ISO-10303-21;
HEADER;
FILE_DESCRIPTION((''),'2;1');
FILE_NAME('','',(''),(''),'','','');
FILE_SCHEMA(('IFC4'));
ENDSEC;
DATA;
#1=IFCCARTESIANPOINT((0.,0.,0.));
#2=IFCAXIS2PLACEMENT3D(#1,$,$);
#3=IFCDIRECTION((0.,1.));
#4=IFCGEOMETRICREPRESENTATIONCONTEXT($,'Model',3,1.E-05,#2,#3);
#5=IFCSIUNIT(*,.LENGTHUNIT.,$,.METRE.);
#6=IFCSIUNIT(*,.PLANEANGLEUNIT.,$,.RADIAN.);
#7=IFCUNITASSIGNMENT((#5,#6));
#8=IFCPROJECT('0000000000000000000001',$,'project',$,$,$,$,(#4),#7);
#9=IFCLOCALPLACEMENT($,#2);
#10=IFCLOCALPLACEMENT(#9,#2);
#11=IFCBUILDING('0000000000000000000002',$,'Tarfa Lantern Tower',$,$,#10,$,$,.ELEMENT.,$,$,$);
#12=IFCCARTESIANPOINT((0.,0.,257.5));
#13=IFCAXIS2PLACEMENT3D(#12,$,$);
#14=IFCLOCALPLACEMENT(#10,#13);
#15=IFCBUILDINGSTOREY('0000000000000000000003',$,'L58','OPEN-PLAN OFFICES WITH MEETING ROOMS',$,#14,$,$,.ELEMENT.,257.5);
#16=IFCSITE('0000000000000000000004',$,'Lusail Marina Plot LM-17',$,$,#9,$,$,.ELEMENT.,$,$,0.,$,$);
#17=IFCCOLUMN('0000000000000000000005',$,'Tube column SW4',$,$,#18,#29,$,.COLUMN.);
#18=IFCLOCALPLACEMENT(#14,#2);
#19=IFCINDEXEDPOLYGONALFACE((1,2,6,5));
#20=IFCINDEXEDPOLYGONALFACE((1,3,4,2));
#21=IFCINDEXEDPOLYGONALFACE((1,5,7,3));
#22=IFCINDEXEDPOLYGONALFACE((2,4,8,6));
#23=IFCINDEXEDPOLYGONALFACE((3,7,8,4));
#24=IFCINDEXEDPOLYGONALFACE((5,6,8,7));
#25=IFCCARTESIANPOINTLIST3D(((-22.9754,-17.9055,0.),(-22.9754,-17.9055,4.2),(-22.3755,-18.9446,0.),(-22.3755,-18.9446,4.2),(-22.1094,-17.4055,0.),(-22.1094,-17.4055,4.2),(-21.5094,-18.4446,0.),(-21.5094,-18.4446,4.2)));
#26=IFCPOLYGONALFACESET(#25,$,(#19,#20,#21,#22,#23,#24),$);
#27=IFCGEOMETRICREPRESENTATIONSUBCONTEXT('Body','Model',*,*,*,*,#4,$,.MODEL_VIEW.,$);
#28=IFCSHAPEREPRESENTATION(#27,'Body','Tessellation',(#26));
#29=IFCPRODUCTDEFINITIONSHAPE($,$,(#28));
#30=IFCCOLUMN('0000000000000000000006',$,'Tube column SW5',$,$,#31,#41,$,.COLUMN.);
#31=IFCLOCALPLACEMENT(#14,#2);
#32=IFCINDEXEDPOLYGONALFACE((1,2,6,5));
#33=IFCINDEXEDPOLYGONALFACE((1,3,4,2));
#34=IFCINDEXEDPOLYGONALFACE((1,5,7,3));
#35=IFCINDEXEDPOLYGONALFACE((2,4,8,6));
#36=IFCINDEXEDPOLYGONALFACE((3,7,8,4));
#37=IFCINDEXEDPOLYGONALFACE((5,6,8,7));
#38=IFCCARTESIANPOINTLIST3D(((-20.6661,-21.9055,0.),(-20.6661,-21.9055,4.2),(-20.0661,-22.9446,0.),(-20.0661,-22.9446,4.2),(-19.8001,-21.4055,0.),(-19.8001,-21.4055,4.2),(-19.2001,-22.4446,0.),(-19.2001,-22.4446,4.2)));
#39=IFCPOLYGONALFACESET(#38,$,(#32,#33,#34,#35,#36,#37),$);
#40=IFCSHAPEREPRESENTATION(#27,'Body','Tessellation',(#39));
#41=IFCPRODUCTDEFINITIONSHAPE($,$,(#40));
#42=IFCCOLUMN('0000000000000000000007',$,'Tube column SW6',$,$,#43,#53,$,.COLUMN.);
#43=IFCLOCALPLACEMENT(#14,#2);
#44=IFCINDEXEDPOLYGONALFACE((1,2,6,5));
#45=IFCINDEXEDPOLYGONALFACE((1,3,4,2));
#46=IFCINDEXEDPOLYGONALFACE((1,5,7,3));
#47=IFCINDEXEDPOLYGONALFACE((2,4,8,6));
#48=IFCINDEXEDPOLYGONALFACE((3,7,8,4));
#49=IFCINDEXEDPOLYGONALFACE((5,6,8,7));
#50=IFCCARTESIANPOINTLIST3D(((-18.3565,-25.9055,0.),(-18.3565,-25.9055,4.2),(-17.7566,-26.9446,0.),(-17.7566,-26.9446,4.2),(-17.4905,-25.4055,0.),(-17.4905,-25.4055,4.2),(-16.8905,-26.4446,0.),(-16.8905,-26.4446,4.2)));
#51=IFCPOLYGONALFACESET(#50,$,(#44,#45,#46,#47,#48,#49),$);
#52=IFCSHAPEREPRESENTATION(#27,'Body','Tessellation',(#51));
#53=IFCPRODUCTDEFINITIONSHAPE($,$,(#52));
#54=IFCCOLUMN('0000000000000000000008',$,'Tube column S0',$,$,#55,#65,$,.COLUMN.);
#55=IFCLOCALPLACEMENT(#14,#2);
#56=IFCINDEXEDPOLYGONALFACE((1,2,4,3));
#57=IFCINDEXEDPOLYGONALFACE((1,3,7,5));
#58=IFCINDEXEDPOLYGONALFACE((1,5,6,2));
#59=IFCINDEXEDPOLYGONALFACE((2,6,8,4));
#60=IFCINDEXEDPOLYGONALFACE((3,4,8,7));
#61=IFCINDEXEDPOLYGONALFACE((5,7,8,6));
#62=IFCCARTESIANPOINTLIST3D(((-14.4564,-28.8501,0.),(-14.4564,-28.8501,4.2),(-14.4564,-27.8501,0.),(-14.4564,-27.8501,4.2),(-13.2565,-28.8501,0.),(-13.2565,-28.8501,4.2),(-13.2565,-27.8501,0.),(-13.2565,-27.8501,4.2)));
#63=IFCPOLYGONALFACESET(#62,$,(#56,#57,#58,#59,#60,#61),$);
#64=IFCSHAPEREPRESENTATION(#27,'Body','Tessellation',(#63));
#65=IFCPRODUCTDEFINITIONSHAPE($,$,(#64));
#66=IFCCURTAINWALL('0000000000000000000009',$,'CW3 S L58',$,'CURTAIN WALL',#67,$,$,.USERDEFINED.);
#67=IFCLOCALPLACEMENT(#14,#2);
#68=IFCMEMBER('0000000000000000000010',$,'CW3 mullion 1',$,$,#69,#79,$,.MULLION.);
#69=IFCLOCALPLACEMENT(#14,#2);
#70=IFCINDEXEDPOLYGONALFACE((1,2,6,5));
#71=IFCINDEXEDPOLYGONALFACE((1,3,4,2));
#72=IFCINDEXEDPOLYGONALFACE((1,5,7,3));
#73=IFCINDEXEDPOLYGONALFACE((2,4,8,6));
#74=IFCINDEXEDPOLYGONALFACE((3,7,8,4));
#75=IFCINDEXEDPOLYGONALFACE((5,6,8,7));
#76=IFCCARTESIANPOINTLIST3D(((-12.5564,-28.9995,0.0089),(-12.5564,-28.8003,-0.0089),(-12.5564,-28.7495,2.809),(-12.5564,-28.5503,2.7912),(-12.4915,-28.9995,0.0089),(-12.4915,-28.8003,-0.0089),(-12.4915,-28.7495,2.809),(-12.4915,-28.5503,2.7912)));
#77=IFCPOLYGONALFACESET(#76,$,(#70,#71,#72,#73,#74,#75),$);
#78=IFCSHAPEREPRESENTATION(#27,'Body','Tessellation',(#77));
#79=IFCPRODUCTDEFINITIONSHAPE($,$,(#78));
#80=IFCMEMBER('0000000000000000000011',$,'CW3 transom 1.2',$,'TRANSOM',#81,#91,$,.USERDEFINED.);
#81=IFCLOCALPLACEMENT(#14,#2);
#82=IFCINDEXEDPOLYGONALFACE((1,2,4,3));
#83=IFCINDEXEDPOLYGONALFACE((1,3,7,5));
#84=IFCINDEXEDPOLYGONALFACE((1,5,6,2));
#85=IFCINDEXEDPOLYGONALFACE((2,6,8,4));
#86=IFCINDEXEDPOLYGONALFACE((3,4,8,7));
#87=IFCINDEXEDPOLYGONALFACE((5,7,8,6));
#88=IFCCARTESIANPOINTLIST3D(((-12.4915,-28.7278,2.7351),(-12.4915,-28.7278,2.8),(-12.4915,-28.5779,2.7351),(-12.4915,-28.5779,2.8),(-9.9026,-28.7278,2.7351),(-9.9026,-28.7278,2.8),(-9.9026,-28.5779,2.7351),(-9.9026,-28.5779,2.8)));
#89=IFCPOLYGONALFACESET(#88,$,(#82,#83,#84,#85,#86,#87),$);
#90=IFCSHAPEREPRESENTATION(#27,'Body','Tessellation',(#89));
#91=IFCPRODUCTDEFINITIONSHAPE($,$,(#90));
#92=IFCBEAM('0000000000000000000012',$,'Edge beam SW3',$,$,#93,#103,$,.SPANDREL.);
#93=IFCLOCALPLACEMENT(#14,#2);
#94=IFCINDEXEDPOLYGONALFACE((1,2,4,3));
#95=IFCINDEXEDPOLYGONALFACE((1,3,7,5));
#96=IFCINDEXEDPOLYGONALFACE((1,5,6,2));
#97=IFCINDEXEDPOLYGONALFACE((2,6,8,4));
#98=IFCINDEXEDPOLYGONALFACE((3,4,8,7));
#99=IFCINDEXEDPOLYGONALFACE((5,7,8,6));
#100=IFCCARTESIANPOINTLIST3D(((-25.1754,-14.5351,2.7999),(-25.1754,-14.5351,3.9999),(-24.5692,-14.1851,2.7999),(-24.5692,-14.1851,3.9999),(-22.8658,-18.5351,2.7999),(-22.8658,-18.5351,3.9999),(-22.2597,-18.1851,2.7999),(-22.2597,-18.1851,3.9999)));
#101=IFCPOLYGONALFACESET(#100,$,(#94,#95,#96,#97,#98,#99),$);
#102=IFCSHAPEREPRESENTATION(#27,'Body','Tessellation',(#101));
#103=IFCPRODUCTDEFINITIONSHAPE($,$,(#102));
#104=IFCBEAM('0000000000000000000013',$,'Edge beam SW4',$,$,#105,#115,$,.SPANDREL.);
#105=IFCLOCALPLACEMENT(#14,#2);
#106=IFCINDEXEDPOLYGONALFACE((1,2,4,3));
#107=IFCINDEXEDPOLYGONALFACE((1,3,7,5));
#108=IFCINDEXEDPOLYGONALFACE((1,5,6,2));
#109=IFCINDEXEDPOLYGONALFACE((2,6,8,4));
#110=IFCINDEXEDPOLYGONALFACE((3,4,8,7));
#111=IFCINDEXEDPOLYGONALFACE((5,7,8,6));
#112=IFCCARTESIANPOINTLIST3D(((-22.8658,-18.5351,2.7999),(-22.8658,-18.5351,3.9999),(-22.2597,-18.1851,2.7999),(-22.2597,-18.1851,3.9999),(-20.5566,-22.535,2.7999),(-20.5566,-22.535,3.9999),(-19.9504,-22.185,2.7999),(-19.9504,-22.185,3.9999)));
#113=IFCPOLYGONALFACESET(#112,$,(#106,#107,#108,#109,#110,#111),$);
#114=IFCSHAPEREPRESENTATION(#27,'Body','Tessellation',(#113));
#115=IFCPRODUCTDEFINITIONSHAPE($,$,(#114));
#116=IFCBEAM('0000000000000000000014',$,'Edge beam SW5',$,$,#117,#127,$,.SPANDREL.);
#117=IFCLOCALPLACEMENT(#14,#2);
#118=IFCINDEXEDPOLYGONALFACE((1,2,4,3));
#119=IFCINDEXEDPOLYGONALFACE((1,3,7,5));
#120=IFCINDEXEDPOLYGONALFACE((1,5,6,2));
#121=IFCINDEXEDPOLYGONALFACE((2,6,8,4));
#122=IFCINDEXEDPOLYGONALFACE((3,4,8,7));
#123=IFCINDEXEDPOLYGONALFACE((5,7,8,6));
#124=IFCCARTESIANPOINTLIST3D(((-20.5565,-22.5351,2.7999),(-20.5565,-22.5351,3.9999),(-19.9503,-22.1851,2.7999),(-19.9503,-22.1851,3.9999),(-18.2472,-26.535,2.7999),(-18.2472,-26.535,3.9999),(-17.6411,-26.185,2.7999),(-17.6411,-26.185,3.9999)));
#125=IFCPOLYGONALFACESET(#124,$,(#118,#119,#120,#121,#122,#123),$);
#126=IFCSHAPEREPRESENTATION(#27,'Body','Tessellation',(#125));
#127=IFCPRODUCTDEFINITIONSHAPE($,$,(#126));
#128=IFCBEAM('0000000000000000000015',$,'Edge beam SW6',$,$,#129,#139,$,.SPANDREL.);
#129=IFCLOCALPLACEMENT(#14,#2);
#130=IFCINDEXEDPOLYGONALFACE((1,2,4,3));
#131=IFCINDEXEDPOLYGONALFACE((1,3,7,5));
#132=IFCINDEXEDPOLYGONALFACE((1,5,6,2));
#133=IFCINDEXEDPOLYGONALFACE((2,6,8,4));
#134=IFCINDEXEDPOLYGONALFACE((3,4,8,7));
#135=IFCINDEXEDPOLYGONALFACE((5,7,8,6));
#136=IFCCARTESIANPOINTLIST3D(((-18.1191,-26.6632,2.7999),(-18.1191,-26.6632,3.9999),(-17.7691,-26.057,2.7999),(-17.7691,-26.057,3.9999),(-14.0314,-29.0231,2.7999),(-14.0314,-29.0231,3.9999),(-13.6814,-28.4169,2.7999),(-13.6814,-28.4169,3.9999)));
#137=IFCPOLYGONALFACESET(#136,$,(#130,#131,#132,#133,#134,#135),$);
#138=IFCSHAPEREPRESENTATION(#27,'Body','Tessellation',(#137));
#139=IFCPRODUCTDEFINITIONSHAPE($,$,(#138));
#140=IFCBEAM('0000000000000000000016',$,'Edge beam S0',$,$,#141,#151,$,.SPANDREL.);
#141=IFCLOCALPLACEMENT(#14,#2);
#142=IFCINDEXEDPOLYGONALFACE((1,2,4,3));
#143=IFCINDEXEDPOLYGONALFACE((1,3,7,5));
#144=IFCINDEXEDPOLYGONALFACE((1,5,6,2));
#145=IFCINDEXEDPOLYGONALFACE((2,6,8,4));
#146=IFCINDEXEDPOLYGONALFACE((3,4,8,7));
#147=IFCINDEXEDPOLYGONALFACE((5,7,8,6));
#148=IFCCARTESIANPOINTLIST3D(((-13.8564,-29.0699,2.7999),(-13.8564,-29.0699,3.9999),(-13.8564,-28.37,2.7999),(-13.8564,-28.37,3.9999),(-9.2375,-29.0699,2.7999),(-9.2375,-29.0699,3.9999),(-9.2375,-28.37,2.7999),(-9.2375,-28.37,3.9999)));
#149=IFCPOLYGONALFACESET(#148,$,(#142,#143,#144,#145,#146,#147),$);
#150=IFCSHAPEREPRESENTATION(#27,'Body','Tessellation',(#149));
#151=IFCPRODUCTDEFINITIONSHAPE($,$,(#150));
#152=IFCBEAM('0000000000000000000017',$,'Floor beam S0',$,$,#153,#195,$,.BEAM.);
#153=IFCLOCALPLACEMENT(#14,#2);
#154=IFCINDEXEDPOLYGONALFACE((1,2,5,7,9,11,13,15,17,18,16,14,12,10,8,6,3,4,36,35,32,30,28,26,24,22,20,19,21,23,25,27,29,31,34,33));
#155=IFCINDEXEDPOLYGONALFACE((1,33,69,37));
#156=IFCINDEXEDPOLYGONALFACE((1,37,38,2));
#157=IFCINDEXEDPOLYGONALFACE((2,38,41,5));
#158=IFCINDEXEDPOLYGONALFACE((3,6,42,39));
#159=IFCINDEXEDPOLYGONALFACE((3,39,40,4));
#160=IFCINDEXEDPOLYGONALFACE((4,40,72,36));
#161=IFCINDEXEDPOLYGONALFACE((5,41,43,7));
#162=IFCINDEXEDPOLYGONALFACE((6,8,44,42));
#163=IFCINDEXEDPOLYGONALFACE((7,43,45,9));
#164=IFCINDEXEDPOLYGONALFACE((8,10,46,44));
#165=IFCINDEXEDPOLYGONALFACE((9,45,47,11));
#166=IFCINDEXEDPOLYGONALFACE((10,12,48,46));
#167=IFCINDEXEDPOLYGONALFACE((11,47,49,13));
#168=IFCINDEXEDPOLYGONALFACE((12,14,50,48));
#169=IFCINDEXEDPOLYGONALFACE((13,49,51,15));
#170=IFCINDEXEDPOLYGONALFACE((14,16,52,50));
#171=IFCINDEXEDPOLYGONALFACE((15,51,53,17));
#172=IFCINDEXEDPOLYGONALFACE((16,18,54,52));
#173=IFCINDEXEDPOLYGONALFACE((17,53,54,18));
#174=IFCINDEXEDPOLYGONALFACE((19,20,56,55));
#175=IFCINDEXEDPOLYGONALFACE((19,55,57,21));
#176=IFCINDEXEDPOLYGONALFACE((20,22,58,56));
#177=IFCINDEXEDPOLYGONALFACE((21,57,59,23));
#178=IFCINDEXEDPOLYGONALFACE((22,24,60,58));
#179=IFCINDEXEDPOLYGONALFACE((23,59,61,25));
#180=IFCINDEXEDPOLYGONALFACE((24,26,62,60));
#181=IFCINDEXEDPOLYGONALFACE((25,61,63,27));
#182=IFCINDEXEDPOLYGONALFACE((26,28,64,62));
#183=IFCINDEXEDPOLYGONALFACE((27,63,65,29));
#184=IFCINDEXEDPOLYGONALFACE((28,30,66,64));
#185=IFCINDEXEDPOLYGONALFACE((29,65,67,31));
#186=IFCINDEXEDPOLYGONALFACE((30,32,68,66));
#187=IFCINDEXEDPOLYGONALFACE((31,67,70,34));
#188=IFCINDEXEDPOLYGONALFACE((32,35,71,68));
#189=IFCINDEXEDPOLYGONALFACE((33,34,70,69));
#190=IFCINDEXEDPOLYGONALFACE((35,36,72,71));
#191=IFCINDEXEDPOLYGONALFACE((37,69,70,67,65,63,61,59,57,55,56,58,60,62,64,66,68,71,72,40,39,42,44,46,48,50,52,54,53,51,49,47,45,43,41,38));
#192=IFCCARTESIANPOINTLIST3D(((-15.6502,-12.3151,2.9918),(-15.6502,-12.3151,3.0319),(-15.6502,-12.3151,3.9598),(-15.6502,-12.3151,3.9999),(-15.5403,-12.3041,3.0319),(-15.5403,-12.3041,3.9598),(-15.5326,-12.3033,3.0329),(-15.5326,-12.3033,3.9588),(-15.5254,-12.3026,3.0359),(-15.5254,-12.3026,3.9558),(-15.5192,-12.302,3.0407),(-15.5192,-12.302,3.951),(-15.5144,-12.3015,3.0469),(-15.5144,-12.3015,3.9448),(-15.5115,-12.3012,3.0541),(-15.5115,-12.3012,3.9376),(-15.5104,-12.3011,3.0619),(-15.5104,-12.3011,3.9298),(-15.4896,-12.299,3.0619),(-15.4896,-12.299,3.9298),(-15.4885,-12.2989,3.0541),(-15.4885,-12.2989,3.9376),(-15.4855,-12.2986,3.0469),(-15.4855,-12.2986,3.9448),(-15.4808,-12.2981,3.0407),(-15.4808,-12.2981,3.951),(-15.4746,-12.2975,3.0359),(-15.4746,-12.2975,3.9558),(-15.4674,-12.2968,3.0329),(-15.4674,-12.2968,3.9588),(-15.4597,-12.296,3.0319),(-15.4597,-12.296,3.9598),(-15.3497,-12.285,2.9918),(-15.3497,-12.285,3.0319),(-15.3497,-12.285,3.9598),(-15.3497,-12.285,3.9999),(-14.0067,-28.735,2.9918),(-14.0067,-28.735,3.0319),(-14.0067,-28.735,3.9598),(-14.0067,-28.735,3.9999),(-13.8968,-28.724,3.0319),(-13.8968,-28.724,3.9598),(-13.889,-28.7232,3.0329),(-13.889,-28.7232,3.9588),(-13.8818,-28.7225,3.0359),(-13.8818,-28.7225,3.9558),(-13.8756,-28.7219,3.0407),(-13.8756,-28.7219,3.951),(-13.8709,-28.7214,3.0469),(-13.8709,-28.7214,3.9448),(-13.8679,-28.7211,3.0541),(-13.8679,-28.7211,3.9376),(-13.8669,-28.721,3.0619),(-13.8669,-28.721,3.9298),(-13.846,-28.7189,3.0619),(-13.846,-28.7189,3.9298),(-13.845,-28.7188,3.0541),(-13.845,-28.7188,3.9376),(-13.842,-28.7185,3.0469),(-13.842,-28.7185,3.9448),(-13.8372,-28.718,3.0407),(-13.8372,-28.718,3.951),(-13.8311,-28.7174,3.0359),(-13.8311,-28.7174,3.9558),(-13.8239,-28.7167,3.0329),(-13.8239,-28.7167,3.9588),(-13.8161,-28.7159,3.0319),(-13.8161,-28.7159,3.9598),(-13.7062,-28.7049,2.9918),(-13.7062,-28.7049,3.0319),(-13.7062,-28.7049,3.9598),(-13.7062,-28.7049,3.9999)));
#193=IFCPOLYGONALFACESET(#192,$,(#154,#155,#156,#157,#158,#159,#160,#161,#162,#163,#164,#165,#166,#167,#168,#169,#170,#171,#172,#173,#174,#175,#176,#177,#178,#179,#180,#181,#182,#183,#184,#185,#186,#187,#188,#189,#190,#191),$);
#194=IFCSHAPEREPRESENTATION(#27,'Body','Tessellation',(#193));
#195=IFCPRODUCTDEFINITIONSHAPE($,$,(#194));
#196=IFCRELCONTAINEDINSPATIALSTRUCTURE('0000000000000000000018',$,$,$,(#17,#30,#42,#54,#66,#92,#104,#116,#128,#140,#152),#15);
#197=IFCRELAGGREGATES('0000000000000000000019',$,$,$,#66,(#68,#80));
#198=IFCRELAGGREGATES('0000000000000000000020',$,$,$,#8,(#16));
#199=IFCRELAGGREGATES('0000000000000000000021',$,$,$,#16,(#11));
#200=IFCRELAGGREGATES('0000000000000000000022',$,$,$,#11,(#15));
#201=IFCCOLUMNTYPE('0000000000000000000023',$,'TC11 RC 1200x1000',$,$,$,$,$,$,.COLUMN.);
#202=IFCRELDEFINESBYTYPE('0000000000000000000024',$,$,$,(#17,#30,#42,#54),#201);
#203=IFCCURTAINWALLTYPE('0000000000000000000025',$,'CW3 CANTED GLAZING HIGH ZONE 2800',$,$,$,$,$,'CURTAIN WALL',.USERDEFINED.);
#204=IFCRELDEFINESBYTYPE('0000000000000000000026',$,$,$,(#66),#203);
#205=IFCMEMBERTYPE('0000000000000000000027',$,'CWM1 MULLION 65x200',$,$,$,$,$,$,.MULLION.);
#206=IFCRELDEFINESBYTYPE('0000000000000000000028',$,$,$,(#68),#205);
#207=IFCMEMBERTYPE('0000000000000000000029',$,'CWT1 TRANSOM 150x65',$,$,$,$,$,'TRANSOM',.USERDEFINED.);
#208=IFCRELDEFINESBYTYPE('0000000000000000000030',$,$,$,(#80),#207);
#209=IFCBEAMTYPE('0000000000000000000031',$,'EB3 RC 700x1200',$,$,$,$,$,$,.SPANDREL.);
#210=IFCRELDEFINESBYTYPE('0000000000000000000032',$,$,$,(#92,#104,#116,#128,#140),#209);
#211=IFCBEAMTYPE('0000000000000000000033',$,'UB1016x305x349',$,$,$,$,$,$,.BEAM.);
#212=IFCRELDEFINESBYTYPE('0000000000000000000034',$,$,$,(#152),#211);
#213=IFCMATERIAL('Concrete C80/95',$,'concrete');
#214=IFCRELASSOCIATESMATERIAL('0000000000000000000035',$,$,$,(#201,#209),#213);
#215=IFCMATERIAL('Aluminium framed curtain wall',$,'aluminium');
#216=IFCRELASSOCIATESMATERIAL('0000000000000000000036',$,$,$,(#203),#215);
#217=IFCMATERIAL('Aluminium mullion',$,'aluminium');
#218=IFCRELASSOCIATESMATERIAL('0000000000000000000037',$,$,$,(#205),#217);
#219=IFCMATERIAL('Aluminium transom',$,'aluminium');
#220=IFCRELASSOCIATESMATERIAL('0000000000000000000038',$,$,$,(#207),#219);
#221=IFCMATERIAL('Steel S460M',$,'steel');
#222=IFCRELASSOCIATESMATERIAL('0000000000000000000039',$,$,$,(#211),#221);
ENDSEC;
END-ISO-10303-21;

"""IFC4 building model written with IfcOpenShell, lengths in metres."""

from ifc_helpers import new_model, si_unit, direction, frame, origin, origin_2d, place, context, subcontext, project, spatial, rectangle, i_section, extrude, material, material_profile, profile_set, type_object, element, aggregate, save


model = new_model("IFC4")

# Units and contexts
model_context = context("Model", 3, precision=1e-05, world=origin(), true_north=direction((0.0, 1.0)))
body_context = subcontext(model_context, "Body", "Model", "MODEL_VIEW")
ifc_project = project(units=[si_unit("LENGTHUNIT", "METRE"), si_unit("PLANEANGLEUNIT", "RADIAN")], contexts=[model_context])

# Site, building, storey
site_placement = place(None, origin())
site = spatial("IfcSite", under=ifc_project, at=site_placement, Name="Lusail Marina Plot LM-17", CompositionType="ELEMENT", RefElevation=0.0)
building_placement = place(site_placement, origin())
building = spatial("IfcBuilding", under=site, at=building_placement, Name="Tarfa Lantern Tower", CompositionType="ELEMENT")
storey_placement = place(building_placement, frame((0.0, 0.0, 257.5)))
storey = spatial("IfcBuildingStorey", under=building, at=storey_placement, Name="L58", Description="OPEN-PLAN OFFICES WITH MEETING ROOMS", CompositionType="ELEMENT", Elevation=257.5)

# Columns
ifc_material_1 = material(Name="Concrete C80/95", Category="concrete")
ifc_material_profile_1 = material_profile(ifc_material_1, rectangle(XDim=1.2, YDim=1.0, at=origin_2d()), Name="RC 1200x1000")
ifc_profile_set_1 = profile_set([ifc_material_profile_1], Name="Concrete C80/95")
column_type = type_object("IfcColumnType", Name="TC11 RC 1200x1000", PredefinedType="COLUMN", material=ifc_profile_set_1)
for number, where, z_axis, x_axis, name in (
    (1, (-22.2424, -18.175, 0.0), (0.0, 0.0, 1.0), (0.5, -0.866025, 0.0), "Tube column SW4"),
    (2, (-19.9331, -22.175, 0.0), (0.0, 0.0, 1.0), (0.5, -0.866025, 0.0), "Tube column SW5"),
    (3, (-17.6235, -26.175, 0.0), (0.0, 0.0, 1.0), (0.5, -0.866025, 0.0), "Tube column SW6"),
    (4, (-13.8564, -28.3501, 0.0), (0.0, 0.0, 1.0), (1.0, 0.0, 0.0), "Tube column S0"),
):
    element("IfcColumn", number, at=place(storey_placement, frame(where, z_axis=z_axis, x_axis=x_axis)), inside=storey, type_object=column_type, Name=name, PredefinedType="COLUMN", context=body_context, shape_type="SweptSolid", body=[
        extrude(rectangle(XDim=1.2, YDim=1.0, at=origin_2d()), origin(), (0.0, 0.0, 1.0), 4.2),
    ])

# Curtain wall, members
ifc_material_2 = material(Name="Aluminium framed curtain wall", Category="aluminium")
curtain_wall_type = type_object("IfcCurtainWallType", Name="CW3 CANTED GLAZING HIGH ZONE 2800", ElementType="CURTAIN WALL", PredefinedType="USERDEFINED", material=ifc_material_2)
curtain_wall_placement = place(storey_placement, origin())
curtain_wall = element("IfcCurtainWall", 5, at=curtain_wall_placement, inside=storey, type_object=curtain_wall_type, Name="CW3 S L58", ObjectType="CURTAIN WALL", PredefinedType="USERDEFINED")
ifc_material_3 = material(Name="Aluminium mullion", Category="aluminium")
ifc_material_profile_2 = material_profile(ifc_material_3, rectangle(XDim=0.0649, YDim=0.2, at=origin_2d()), Name="AL MULLION 65x200")
ifc_profile_set_2 = profile_set([ifc_material_profile_2], Name="Aluminium mullion")
member_type_1 = type_object("IfcMemberType", Name="CWM1 MULLION 65x200", PredefinedType="MULLION", material=ifc_profile_set_2)
member_1_placement = place(storey_placement, frame((-12.5239, -28.8999, 0.0), z_axis=(0.0, 0.08893, 0.996038), x_axis=(-1.0, 0.0, 0.0)))
member_1 = element("IfcMember", 6, at=member_1_placement, type_object=member_type_1, Name="CW3 mullion 1", PredefinedType="MULLION", context=body_context, shape_type="SweptSolid", body=[
    extrude(rectangle(XDim=0.0649, YDim=0.2, at=origin_2d()), origin(), (0.0, 0.0, 1.0), 2.8113),
])
ifc_material_4 = material(Name="Aluminium transom", Category="aluminium")
ifc_material_profile_3 = material_profile(ifc_material_4, rectangle(XDim=0.1499, YDim=0.0649, at=origin_2d()), Name="AL TRANSOM 150x65")
ifc_profile_set_3 = profile_set([ifc_material_profile_3], Name="Aluminium transom")
member_type_2 = type_object("IfcMemberType", Name="CWT1 TRANSOM 150x65", ElementType="TRANSOM", PredefinedType="USERDEFINED", material=ifc_profile_set_3)
member_2_placement = place(storey_placement, frame((-12.4915, -28.6528, 2.7676), z_axis=(1.0, 0.0, 0.0), x_axis=(0.0, 1.0, 0.0)))
member_2 = element("IfcMember", 7, at=member_2_placement, type_object=member_type_2, Name="CW3 transom 1.2", ObjectType="TRANSOM", PredefinedType="USERDEFINED", context=body_context, shape_type="SweptSolid", body=[
    extrude(rectangle(XDim=0.1499, YDim=0.0649, at=origin_2d()), origin(), (0.0, 0.0, 1.0), 2.5889),
])

# Beams
ifc_material_profile_4 = material_profile(ifc_material_1, rectangle(XDim=0.7, YDim=1.2, at=origin_2d()), Name="RC 700x1200")
ifc_profile_set_4 = profile_set([ifc_material_profile_4], Name="Concrete C80/95")
beam_type_1 = type_object("IfcBeamType", Name="EB3 RC 700x1200", PredefinedType="SPANDREL", material=ifc_profile_set_4)
beam_1_placement = place(storey_placement, frame((-24.8723, -14.3601, 3.3999), z_axis=(0.500027, -0.86601, 0.0), x_axis=(0.86601, 0.500027, 0.0)))
element("IfcBeam", 8, at=beam_1_placement, inside=storey, type_object=beam_type_1, Name="Edge beam SW3", PredefinedType="SPANDREL", context=body_context, shape_type="SweptSolid", body=[
    extrude(rectangle(XDim=0.7, YDim=1.2, at=origin_2d()), origin(), (0.0, 0.0, 1.0), 4.6189),
])
for number, where, z_axis, x_axis, name in (
    (9, (-22.5627, -18.3601, 3.3999), (0.499988, -0.866032, 0.0), (0.866032, 0.499988, 0.0), "Edge beam SW4"),
    (10, (-20.2534, -22.3601, 3.3999), (0.499988, -0.866032, 0.0), (0.866032, 0.499988, 0.0), "Edge beam SW5"),
):
    element("IfcBeam", number, at=place(storey_placement, frame(where, z_axis=z_axis, x_axis=x_axis)), inside=storey, type_object=beam_type_1, Name=name, PredefinedType="SPANDREL", context=body_context, shape_type="SweptSolid", body=[
        extrude(rectangle(XDim=0.7, YDim=1.2, at=origin_2d()), origin(), (0.0, 0.0, 1.0), 4.6187),
    ])
beam_2_placement = place(storey_placement, frame((-17.9441, -26.3601, 3.3999), z_axis=(0.866038, -0.499978, 0.0), x_axis=(0.499978, 0.866038, 0.0)))
element("IfcBeam", 11, at=beam_2_placement, inside=storey, type_object=beam_type_1, Name="Edge beam SW6", PredefinedType="SPANDREL", context=body_context, shape_type="SweptSolid", body=[
    extrude(rectangle(XDim=0.7, YDim=1.2, at=origin_2d()), origin(), (0.0, 0.0, 1.0), 4.72),
])
beam_3_placement = place(storey_placement, frame((-13.8564, -28.72, 3.3999), z_axis=(1.0, 0.0, 0.0), x_axis=(0.0, 1.0, 0.0)))
element("IfcBeam", 12, at=beam_3_placement, inside=storey, type_object=beam_type_1, Name="Edge beam S0", PredefinedType="SPANDREL", context=body_context, shape_type="SweptSolid", body=[
    extrude(rectangle(XDim=0.7, YDim=1.2, at=origin_2d()), origin(), (0.0, 0.0, 1.0), 4.6189),
])
ifc_material_5 = material(Name="Steel S460M", Category="steel")
ifc_material_profile_5 = material_profile(ifc_material_5, i_section(OverallWidth=0.302, OverallDepth=1.0081, WebThickness=0.021, FlangeThickness=0.04, FilletRadius=0.03, at=origin_2d()), Name="UB1016x305x349")
ifc_profile_set_5 = profile_set([ifc_material_profile_5], Name="Steel S460M")
beam_type_2 = type_object("IfcBeamType", Name="UB1016x305x349", PredefinedType="BEAM", material=ifc_profile_set_5)
beam_4_placement = place(storey_placement, frame((-13.8564, -28.72, 3.4958), z_axis=(-0.099597, 0.995028, 0.0), x_axis=(-0.995028, -0.099597, 0.0)))
element("IfcBeam", 13, at=beam_4_placement, inside=storey, type_object=beam_type_2, Name="Floor beam S0", PredefinedType="BEAM", context=body_context, shape_type="SweptSolid", body=[
    extrude(i_section(OverallWidth=0.302, OverallDepth=1.0081, WebThickness=0.021, FlangeThickness=0.04, FilletRadius=0.03, at=origin_2d()), origin(), (0.0, 0.0, 1.0), 16.502),
])

aggregate(curtain_wall, [member_1, member_2])

save(model, "model.ifc")
